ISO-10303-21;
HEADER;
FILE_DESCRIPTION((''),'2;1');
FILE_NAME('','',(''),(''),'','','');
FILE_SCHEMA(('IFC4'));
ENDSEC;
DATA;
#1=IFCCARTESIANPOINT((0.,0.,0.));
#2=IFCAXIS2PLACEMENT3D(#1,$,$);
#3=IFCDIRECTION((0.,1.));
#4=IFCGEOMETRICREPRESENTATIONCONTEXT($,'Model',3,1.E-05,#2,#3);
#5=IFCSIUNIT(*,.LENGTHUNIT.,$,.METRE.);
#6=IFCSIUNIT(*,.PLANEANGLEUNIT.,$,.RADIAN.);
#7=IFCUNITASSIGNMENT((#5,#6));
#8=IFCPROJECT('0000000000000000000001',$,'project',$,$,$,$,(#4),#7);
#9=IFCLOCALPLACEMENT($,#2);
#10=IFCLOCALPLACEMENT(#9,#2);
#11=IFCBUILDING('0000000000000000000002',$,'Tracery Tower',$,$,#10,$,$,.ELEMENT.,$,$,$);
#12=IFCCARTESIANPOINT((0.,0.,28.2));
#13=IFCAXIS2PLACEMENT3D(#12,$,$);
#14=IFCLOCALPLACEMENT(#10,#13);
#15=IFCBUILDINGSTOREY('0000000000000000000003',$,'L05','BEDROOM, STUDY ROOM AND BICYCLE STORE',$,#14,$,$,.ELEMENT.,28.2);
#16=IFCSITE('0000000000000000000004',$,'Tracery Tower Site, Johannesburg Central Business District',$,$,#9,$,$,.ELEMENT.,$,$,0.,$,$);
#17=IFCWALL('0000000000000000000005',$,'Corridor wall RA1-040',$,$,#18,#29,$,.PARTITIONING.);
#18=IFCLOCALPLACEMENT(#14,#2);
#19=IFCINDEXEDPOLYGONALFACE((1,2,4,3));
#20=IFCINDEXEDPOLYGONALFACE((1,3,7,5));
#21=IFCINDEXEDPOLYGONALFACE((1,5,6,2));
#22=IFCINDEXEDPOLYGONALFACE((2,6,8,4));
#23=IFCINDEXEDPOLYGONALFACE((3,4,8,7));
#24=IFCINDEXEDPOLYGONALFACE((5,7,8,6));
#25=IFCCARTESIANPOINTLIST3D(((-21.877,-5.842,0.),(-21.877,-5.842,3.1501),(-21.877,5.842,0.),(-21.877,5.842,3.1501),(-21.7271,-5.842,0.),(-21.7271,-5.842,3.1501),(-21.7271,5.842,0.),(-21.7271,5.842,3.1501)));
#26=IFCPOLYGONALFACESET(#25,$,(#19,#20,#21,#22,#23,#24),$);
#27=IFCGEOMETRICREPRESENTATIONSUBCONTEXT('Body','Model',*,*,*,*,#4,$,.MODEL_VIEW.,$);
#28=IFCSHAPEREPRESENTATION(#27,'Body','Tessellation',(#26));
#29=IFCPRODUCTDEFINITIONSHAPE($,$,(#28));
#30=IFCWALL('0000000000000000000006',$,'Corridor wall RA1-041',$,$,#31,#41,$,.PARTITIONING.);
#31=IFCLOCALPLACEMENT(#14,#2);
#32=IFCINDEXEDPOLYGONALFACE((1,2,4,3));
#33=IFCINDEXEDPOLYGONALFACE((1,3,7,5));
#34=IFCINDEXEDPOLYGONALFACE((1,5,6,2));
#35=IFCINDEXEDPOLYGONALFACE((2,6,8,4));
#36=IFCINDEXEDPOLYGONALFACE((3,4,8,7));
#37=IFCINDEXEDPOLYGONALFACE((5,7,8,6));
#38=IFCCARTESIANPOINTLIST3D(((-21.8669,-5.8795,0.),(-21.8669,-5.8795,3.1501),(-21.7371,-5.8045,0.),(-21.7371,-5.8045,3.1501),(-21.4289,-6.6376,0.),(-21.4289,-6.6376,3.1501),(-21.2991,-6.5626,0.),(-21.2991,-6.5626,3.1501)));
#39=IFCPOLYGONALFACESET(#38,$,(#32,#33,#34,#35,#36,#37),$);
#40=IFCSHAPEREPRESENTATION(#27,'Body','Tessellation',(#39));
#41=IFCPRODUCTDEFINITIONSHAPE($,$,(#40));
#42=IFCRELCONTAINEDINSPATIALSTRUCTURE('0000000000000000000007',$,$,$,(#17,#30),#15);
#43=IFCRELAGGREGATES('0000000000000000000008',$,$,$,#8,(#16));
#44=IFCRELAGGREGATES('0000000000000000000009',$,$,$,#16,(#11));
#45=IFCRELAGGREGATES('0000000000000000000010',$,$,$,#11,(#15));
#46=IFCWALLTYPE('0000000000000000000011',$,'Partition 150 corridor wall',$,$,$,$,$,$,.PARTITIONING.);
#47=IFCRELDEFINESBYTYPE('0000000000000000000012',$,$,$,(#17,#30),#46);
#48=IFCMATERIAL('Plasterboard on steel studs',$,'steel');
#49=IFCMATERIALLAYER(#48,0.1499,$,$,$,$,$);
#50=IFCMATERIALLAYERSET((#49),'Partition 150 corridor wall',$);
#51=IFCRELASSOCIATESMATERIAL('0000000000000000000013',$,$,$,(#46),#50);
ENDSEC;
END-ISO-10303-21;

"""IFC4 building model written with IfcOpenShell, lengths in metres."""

from ifc_helpers import new_model, si_unit, direction, frame, frame_2d, origin, place, context, subcontext, project, spatial, rectangle, extrude, material, layer, layer_set, type_object, element, save


model = new_model("IFC4")

# Units and contexts
model_context = context("Model", 3, precision=1e-05, world=origin(), true_north=direction((0.0, 1.0)))
body_context = subcontext(model_context, "Body", "Model", "MODEL_VIEW")
ifc_project = project(units=[si_unit("LENGTHUNIT", "METRE"), si_unit("PLANEANGLEUNIT", "RADIAN")], contexts=[model_context])

# Site, building, storey
site_placement = place(None, origin())
site = spatial("IfcSite", under=ifc_project, at=site_placement, Name="Tracery Tower Site, Johannesburg Central Business District", CompositionType="ELEMENT", RefElevation=0.0)
building_placement = place(site_placement, origin())
building = spatial("IfcBuilding", under=site, at=building_placement, Name="Tracery Tower", CompositionType="ELEMENT")
storey_placement = place(building_placement, frame((0.0, 0.0, 28.2)))
storey = spatial("IfcBuildingStorey", under=building, at=storey_placement, Name="L05", Description="BEDROOM, STUDY ROOM AND BICYCLE STORE", CompositionType="ELEMENT", Elevation=28.2)

# Walls
ifc_material_1 = material(Name="Plasterboard on steel studs", Category="steel")
ifc_layer_1 = layer(ifc_material_1, 0.1499)
ifc_layer_set_1 = layer_set([ifc_layer_1], Name="Partition 150 corridor wall")
wall_type_1 = type_object("IfcWallType", Name="Partition 150 corridor wall", PredefinedType="PARTITIONING", material=ifc_layer_set_1)
wall_1_placement = place(storey_placement, frame((-21.802, -5.842, 0.0), z_axis=(0.0, 0.0, 1.0), x_axis=(0.0, 1.0, 0.0)))
element("IfcWall", 1, at=wall_1_placement, inside=storey, type_object=wall_type_1, Name="Corridor wall RA1-040", PredefinedType="PARTITIONING", context=body_context, shape_type="SweptSolid", body=[
    extrude(rectangle(XDim=11.6841, YDim=0.1499, at=frame_2d((5.842, 0.0))), origin(), (0.0, 0.0, 1.0), 3.1501),
])
wall_2_placement = place(storey_placement, frame((-21.802, -5.842, 0.0), z_axis=(0.0, 0.0, 1.0), x_axis=(0.500278, -0.865865, 0.0)))
element("IfcWall", 2, at=wall_2_placement, inside=storey, type_object=wall_type_1, Name="Corridor wall RA1-041", PredefinedType="PARTITIONING", context=body_context, shape_type="SweptSolid", body=[
    extrude(rectangle(XDim=0.8755, YDim=0.1499, at=frame_2d((0.4377, 0.0))), origin(), (0.0, 0.0, 1.0), 3.1501),
])

save(model, "model.ifc")
